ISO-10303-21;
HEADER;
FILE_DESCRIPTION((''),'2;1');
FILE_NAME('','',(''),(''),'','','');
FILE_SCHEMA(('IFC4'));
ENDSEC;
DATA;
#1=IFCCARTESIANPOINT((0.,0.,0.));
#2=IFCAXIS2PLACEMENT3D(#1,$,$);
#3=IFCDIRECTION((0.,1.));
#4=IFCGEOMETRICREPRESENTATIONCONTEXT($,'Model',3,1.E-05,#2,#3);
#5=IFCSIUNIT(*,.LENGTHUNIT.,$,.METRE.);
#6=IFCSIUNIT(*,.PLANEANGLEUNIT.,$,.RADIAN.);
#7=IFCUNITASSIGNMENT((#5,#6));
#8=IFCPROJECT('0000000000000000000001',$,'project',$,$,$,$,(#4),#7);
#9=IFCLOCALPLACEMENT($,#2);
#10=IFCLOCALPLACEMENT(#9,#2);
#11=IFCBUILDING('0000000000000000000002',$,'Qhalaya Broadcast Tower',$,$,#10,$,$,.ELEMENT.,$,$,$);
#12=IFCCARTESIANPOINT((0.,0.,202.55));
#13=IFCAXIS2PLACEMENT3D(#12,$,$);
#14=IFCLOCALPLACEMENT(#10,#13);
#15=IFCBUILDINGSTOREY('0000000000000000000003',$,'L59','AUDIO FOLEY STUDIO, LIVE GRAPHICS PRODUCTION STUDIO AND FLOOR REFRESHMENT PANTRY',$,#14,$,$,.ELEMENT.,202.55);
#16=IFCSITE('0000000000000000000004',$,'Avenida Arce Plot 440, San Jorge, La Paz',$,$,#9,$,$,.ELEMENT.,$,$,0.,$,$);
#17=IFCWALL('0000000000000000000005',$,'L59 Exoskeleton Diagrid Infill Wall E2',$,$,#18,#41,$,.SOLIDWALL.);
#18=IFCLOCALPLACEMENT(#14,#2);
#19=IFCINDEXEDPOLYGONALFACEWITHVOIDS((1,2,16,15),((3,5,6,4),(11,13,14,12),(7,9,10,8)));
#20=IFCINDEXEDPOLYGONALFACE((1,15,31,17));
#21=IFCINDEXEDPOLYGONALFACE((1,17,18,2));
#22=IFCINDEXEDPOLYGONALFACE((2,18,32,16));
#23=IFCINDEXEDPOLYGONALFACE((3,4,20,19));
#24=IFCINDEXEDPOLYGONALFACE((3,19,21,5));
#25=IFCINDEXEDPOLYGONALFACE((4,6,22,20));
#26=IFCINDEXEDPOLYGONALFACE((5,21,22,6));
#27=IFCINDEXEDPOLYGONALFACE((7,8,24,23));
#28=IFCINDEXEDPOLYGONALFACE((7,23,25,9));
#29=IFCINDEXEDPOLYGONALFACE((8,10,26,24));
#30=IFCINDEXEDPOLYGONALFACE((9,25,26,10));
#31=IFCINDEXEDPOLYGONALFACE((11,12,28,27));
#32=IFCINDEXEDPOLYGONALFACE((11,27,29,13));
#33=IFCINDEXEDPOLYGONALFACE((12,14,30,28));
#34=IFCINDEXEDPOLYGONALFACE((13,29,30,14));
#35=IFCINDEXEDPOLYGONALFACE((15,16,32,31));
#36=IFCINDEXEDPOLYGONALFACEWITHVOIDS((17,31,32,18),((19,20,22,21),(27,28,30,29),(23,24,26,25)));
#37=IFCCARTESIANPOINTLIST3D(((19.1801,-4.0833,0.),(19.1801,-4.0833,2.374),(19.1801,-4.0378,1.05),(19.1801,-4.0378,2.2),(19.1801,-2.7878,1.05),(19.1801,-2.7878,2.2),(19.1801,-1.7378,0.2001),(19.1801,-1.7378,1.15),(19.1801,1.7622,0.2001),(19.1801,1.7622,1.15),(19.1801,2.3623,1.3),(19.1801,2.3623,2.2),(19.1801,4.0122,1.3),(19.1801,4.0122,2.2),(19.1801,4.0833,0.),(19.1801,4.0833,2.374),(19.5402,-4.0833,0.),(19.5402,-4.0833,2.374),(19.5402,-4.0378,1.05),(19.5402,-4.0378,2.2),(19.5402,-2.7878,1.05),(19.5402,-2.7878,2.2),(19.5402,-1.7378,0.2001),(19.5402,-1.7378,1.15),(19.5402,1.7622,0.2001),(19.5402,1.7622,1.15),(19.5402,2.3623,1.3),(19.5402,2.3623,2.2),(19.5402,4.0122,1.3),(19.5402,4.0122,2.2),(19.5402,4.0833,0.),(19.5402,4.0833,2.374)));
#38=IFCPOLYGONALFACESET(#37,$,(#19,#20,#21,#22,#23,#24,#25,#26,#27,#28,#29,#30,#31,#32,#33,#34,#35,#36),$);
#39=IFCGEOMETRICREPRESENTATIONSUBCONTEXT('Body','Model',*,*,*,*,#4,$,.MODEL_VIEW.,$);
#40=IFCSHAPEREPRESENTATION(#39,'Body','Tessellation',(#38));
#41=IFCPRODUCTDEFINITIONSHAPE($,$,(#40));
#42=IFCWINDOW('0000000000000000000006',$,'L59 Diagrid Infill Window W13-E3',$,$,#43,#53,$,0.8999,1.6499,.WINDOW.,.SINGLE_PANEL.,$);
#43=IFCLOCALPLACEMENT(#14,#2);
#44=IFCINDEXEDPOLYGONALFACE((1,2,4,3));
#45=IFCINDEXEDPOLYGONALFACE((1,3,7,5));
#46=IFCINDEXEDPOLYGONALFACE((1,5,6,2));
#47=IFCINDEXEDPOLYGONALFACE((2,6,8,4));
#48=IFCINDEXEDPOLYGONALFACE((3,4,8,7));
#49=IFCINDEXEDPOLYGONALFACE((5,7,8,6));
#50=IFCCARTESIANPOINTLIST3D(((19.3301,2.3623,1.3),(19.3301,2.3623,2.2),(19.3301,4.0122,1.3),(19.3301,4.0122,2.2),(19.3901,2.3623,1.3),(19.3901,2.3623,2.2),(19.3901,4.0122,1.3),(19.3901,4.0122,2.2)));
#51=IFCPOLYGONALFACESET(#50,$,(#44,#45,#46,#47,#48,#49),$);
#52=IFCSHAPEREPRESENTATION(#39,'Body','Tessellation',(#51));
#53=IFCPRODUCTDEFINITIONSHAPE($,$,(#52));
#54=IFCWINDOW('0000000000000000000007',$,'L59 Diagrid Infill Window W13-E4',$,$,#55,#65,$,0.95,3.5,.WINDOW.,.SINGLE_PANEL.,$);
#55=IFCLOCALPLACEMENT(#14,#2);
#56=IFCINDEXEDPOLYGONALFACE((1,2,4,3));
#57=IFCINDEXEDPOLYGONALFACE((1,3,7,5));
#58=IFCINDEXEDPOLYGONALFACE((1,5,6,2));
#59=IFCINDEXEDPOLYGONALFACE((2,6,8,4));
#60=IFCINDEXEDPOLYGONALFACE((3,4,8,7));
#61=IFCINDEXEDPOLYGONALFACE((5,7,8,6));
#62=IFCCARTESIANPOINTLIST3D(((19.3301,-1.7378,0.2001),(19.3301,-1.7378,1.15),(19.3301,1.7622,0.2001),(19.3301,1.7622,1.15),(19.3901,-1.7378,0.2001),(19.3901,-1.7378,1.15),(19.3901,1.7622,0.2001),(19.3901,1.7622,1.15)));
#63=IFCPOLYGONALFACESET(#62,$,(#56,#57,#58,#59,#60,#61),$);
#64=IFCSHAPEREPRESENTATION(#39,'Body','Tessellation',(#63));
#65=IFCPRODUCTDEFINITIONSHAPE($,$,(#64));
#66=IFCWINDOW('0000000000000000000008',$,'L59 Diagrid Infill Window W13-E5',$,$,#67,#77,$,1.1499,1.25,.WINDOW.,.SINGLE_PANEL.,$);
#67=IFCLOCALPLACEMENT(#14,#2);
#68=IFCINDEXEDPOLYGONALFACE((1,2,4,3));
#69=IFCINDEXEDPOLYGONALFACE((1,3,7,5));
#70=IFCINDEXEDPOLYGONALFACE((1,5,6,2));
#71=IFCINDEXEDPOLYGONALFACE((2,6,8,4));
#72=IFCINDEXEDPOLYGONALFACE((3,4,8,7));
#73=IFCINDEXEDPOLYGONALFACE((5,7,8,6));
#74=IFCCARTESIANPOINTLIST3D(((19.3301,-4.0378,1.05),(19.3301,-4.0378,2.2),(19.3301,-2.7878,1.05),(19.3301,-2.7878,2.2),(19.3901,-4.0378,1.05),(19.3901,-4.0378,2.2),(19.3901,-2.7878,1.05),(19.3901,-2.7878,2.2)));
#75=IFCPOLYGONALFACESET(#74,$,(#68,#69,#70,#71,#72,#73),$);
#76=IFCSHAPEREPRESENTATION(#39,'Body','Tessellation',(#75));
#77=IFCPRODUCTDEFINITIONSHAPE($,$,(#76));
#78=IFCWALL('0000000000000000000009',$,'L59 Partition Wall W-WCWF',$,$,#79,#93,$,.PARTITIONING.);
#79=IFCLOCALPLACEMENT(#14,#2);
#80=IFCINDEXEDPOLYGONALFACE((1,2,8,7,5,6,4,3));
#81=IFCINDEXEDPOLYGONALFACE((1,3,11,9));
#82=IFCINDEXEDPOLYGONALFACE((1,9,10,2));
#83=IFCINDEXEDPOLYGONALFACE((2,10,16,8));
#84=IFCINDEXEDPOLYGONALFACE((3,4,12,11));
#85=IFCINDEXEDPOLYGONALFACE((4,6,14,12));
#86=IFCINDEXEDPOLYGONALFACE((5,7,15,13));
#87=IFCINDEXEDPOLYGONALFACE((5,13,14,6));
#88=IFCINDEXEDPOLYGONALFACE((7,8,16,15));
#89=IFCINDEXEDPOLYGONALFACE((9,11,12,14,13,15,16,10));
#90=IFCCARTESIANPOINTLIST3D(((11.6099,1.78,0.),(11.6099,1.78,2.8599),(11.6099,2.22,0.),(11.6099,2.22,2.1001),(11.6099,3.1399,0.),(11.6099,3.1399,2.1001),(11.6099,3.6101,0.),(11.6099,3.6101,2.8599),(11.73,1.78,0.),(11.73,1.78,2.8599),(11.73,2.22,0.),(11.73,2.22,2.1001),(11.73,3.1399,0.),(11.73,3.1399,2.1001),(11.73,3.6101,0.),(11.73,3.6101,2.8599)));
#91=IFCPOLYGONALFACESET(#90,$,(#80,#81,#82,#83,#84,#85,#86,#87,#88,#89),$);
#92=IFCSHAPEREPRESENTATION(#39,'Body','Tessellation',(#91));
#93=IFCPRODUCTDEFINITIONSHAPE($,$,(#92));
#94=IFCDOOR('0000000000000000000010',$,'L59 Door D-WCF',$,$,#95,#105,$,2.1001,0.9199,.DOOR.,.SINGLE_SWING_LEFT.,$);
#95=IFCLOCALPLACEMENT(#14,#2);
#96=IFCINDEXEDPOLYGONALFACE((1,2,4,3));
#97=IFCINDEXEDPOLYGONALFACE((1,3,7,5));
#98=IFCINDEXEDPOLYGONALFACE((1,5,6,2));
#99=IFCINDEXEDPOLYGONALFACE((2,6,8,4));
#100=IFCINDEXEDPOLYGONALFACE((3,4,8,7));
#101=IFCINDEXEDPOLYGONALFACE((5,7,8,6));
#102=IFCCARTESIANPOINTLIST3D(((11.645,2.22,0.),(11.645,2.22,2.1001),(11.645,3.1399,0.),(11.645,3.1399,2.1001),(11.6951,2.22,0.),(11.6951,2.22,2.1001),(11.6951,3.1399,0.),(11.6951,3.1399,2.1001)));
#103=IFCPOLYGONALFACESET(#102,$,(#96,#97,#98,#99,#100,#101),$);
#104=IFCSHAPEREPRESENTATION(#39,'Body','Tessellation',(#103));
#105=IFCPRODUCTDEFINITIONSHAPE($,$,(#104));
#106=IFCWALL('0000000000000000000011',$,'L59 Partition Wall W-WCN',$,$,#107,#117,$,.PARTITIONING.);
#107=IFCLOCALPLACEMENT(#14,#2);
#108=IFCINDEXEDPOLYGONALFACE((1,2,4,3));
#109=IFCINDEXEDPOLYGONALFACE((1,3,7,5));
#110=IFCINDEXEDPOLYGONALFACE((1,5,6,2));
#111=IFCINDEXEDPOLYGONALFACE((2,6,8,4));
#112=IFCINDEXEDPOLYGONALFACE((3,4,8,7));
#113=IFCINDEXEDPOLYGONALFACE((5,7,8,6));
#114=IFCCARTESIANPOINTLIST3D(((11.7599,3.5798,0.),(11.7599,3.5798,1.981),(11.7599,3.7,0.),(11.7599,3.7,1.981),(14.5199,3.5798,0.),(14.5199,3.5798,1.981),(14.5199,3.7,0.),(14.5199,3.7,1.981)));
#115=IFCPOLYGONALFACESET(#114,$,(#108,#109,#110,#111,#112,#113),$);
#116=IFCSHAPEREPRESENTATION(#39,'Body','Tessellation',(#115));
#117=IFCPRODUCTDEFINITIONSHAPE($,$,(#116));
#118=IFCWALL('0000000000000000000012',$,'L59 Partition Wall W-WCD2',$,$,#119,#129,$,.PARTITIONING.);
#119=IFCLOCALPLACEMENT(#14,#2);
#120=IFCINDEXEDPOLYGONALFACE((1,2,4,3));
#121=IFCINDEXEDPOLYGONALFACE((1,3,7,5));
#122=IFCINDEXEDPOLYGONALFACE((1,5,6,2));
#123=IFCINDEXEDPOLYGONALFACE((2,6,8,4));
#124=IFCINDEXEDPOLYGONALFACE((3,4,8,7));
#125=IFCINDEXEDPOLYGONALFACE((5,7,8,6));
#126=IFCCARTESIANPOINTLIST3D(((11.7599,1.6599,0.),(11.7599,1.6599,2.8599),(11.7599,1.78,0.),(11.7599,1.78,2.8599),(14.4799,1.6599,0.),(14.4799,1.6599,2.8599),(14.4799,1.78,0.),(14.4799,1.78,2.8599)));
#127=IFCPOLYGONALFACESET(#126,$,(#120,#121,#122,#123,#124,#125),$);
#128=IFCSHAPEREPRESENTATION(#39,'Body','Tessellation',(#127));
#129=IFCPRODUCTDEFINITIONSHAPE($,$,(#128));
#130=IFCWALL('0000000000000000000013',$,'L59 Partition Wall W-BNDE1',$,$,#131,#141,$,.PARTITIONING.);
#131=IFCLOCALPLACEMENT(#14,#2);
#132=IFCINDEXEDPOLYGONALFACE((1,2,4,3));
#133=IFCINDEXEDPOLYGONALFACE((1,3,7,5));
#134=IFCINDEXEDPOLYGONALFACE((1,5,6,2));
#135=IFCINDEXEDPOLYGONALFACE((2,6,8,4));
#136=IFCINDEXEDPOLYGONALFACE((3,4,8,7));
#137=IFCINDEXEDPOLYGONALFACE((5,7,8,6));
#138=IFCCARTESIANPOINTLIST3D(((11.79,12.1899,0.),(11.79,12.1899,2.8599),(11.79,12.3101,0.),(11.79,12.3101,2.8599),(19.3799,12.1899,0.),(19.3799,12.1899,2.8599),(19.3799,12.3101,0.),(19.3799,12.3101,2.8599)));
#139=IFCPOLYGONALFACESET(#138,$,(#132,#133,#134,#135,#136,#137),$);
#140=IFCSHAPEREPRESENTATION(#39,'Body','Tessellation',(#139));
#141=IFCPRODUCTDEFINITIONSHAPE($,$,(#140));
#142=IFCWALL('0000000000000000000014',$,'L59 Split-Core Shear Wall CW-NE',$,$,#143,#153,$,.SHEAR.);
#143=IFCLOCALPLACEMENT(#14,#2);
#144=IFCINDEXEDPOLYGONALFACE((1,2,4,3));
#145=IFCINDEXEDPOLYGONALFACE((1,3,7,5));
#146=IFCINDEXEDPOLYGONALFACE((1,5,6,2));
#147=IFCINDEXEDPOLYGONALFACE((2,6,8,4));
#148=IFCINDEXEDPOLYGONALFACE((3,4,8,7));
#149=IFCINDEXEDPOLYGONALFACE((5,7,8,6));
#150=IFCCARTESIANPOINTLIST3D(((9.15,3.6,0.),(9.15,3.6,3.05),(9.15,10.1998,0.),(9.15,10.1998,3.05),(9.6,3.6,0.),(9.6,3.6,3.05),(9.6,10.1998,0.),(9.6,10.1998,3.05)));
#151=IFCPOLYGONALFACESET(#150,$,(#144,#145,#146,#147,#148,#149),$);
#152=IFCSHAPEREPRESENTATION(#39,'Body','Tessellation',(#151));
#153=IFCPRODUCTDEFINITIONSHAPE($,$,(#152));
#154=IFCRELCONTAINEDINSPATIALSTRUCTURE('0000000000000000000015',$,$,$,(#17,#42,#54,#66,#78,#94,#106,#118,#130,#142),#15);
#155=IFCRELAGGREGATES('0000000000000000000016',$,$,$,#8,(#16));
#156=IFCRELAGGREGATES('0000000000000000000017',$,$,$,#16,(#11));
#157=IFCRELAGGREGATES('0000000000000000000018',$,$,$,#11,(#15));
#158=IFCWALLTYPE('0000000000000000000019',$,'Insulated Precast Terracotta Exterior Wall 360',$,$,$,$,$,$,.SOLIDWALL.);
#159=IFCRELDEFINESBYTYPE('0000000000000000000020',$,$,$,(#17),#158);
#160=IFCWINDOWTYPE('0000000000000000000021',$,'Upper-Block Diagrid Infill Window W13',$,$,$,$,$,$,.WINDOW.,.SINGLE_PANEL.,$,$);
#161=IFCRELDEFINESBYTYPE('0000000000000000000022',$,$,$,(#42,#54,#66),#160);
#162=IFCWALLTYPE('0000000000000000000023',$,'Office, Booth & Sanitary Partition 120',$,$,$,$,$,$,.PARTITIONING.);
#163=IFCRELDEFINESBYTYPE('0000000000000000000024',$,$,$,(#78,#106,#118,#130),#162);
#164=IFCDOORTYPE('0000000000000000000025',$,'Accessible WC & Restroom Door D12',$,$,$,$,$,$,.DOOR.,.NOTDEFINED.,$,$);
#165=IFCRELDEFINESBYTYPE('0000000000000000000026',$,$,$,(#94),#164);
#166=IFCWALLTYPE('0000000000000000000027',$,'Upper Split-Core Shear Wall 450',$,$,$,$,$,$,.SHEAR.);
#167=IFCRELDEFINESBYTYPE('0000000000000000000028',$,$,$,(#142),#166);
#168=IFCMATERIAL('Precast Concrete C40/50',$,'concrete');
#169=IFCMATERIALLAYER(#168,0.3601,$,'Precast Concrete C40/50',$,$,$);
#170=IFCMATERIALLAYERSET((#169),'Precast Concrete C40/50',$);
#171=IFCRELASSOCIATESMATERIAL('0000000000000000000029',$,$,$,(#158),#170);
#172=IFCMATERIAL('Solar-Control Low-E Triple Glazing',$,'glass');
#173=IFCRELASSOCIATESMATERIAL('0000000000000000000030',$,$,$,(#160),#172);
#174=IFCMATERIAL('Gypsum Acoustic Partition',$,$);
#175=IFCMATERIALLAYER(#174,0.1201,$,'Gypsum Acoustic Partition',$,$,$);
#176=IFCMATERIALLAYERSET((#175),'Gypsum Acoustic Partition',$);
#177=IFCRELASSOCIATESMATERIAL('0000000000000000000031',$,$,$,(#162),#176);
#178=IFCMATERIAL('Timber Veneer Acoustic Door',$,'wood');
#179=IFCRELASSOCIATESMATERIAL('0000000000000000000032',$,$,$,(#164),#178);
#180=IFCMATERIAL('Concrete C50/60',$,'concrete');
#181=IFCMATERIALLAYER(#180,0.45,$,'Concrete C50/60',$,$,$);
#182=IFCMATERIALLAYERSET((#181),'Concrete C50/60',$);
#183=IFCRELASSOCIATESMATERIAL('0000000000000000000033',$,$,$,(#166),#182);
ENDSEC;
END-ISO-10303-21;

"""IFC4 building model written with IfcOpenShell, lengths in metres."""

from ifc_helpers import new_model, si_unit, direction, frame, frame_2d, origin, place, context, subcontext, project, spatial, rectangle, extrude, material, layer, layer_set, type_object, element, fill, save


model = new_model("IFC4")

# Units and contexts
model_context = context("Model", 3, precision=1e-05, world=origin(), true_north=direction((0.0, 1.0)))
body_context = subcontext(model_context, "Body", "Model", "MODEL_VIEW")
ifc_project = project(units=[si_unit("LENGTHUNIT", "METRE"), si_unit("PLANEANGLEUNIT", "RADIAN")], contexts=[model_context])

# Site, building, storey
site_placement = place(None, origin())
site = spatial("IfcSite", under=ifc_project, at=site_placement, Name="Avenida Arce Plot 440, San Jorge, La Paz", CompositionType="ELEMENT", RefElevation=0.0)
building_placement = place(site_placement, origin())
building = spatial("IfcBuilding", under=site, at=building_placement, Name="Qhalaya Broadcast Tower", CompositionType="ELEMENT")
storey_placement = place(building_placement, frame((0.0, 0.0, 202.55)))
storey = spatial("IfcBuildingStorey", under=building, at=storey_placement, Name="L59", Description="AUDIO FOLEY STUDIO, LIVE GRAPHICS PRODUCTION STUDIO AND FLOOR REFRESHMENT PANTRY", CompositionType="ELEMENT", Elevation=202.55)

# Shared definitions
ifc_material_1 = material(Name="Concrete C50/60", Category="concrete")

# Shared definitions
ifc_material_2 = material(Name="Gypsum Acoustic Partition")
ifc_material_3 = material(Name="Timber Veneer Acoustic Door", Category="wood")

# Wall, openings, windows
ifc_material_4 = material(Name="Precast Concrete C40/50", Category="concrete")
ifc_layer_1 = layer(ifc_material_4, 0.3601, Name="Precast Concrete C40/50")
ifc_layer_set_1 = layer_set([ifc_layer_1], Name="Precast Concrete C40/50")
wall_type_1 = type_object("IfcWallType", Name="Insulated Precast Terracotta Exterior Wall 360", PredefinedType="SOLIDWALL", material=ifc_layer_set_1)
ifc_material_5 = material(Name="Solar-Control Low-E Triple Glazing", Category="glass")
window_type = type_object("IfcWindowType", Name="Upper-Block Diagrid Infill Window W13", PartitioningType="SINGLE_PANEL", PredefinedType="WINDOW", material=ifc_material_5)
wall_1_placement = place(storey_placement, frame((19.3601, 4.0833, 0.0), z_axis=(0.0, 0.0, 1.0), x_axis=(0.0, -1.0, 0.0)))
wall_1 = element("IfcWall", 1, at=wall_1_placement, inside=storey, type_object=wall_type_1, Name="L59 Exoskeleton Diagrid Infill Wall E2", PredefinedType="SOLIDWALL", context=body_context, shape_type="SweptSolid", body=[
    extrude(rectangle(XDim=8.1665, YDim=0.3601, at=frame_2d((4.0833, 0.0))), origin(), (0.0, 0.0, 1.0), 2.374),
])
opening_1_placement = place(wall_1_placement, frame((0.071, 0.0, 1.3)))
opening_1 = element("IfcOpeningElement", 2, at=opening_1_placement, cuts=wall_1, PredefinedType="OPENING", context=body_context, shape_type="SweptSolid", body=[
    extrude(rectangle(XDim=1.6499, YDim=0.8999, at=frame_2d((0.825, 0.45))), frame((0.0, 0.1921, 0.0), z_axis=(0.0, -1.0, 0.0), x_axis=(1.0, 0.0, 0.0)), (0.0, 0.0, 1.0), 0.384),
])
opening_2_placement = place(wall_1_placement, frame((2.321, 0.0, 0.2)))
opening_2 = element("IfcOpeningElement", 3, at=opening_2_placement, cuts=wall_1, PredefinedType="OPENING", context=body_context, shape_type="SweptSolid", body=[
    extrude(rectangle(XDim=3.5, YDim=0.95, at=frame_2d((1.75, 0.4751))), frame((0.0, 0.1921, 0.0), z_axis=(0.0, -1.0, 0.0), x_axis=(1.0, 0.0, 0.0)), (0.0, 0.0, 1.0), 0.384),
])
opening_3_placement = place(wall_1_placement, frame((6.8711, 0.0, 1.05)))
opening_3 = element("IfcOpeningElement", 4, at=opening_3_placement, cuts=wall_1, PredefinedType="OPENING", context=body_context, shape_type="SweptSolid", body=[
    extrude(rectangle(XDim=1.25, YDim=1.1499, at=frame_2d((0.625, 0.575))), frame((0.0, 0.1921, 0.0), z_axis=(0.0, -1.0, 0.0), x_axis=(1.0, 0.0, 0.0)), (0.0, 0.0, 1.0), 0.384),
])
window_1_placement = place(opening_1_placement, origin())
window_1 = element("IfcWindow", 5, at=window_1_placement, inside=storey, type_object=window_type, Name="L59 Diagrid Infill Window W13-E3", OverallHeight=0.8999, OverallWidth=1.6499, PartitioningType="SINGLE_PANEL", PredefinedType="WINDOW", context=body_context, shape_type="SweptSolid", body=[
    extrude(rectangle(XDim=1.6499, YDim=0.8999, at=frame_2d((0.825, 0.45))), frame((0.0, 0.03, 0.0), z_axis=(0.0, -1.0, 0.0), x_axis=(1.0, 0.0, 0.0)), (0.0, 0.0, 1.0), 0.0601),
])
fill(opening_1, window_1)
window_2_placement = place(opening_2_placement, origin())
window_2 = element("IfcWindow", 6, at=window_2_placement, inside=storey, type_object=window_type, Name="L59 Diagrid Infill Window W13-E4", OverallHeight=0.95, OverallWidth=3.5, PartitioningType="SINGLE_PANEL", PredefinedType="WINDOW", context=body_context, shape_type="SweptSolid", body=[
    extrude(rectangle(XDim=3.5, YDim=0.95, at=frame_2d((1.75, 0.4751))), frame((0.0, 0.03, 0.0), z_axis=(0.0, -1.0, 0.0), x_axis=(1.0, 0.0, 0.0)), (0.0, 0.0, 1.0), 0.0601),
])
fill(opening_2, window_2)
window_3_placement = place(opening_3_placement, origin())
window_3 = element("IfcWindow", 7, at=window_3_placement, inside=storey, type_object=window_type, Name="L59 Diagrid Infill Window W13-E5", OverallHeight=1.1499, OverallWidth=1.25, PartitioningType="SINGLE_PANEL", PredefinedType="WINDOW", context=body_context, shape_type="SweptSolid", body=[
    extrude(rectangle(XDim=1.25, YDim=1.1499, at=frame_2d((0.625, 0.575))), frame((0.0, 0.03, 0.0), z_axis=(0.0, -1.0, 0.0), x_axis=(1.0, 0.0, 0.0)), (0.0, 0.0, 1.0), 0.0601),
])
fill(opening_3, window_3)

# Wall, opening, door
ifc_layer_2 = layer(ifc_material_2, 0.1201, Name="Gypsum Acoustic Partition")
ifc_layer_set_2 = layer_set([ifc_layer_2], Name="Gypsum Acoustic Partition")
wall_type_2 = type_object("IfcWallType", Name="Office, Booth & Sanitary Partition 120", PredefinedType="PARTITIONING", material=ifc_layer_set_2)
wall_2_placement = place(storey_placement, frame((11.6699, 1.78, 0.0), z_axis=(0.0, 0.0, 1.0), x_axis=(0.0, 1.0, 0.0)))
wall_2 = element("IfcWall", 8, at=wall_2_placement, inside=storey, type_object=wall_type_2, Name="L59 Partition Wall W-WCWF", PredefinedType="PARTITIONING", context=body_context, shape_type="SweptSolid", body=[
    extrude(rectangle(XDim=1.8301, YDim=0.1201, at=frame_2d((0.915, 0.0))), origin(), (0.0, 0.0, 1.0), 2.8599),
])
opening_4_placement = place(wall_2_placement, frame((0.4399, 0.0, 0.0)))
opening_4 = element("IfcOpeningElement", 9, at=opening_4_placement, cuts=wall_2, PredefinedType="OPENING", context=body_context, shape_type="SweptSolid", body=[
    extrude(rectangle(XDim=0.9199, YDim=2.1001, at=frame_2d((0.46, 1.05))), frame((0.0, 0.072, 0.0), z_axis=(0.0, -1.0, 0.0), x_axis=(1.0, 0.0, 0.0)), (0.0, 0.0, 1.0), 0.144),
])
door_type_1 = type_object("IfcDoorType", Name="Accessible WC & Restroom Door D12", OperationType="NOTDEFINED", PredefinedType="DOOR", material=ifc_material_3)
door_1_placement = place(opening_4_placement, origin())
door_1 = element("IfcDoor", 10, at=door_1_placement, inside=storey, type_object=door_type_1, Name="L59 Door D-WCF", OperationType="SINGLE_SWING_LEFT", OverallHeight=2.1001, OverallWidth=0.9199, PredefinedType="DOOR", context=body_context, shape_type="SweptSolid", body=[
    extrude(rectangle(XDim=0.9199, YDim=2.1001, at=frame_2d((0.46, 1.05))), frame((0.0, 0.0249, 0.0), z_axis=(0.0, -1.0, 0.0), x_axis=(1.0, 0.0, 0.0)), (0.0, 0.0, 1.0), 0.05),
])
fill(opening_4, door_1)

# Walls
wall_3_placement = place(storey_placement, frame((11.76, 3.6399, 0.0), z_axis=(0.0, 0.0, 1.0), x_axis=(1.0, 0.0, 0.0)))
element("IfcWall", 11, at=wall_3_placement, inside=storey, type_object=wall_type_2, Name="L59 Partition Wall W-WCN", PredefinedType="PARTITIONING", context=body_context, shape_type="SweptSolid", body=[
    extrude(rectangle(XDim=2.76, YDim=0.1201, at=frame_2d((1.3799, 0.0))), origin(), (0.0, 0.0, 1.0), 1.981),
])
wall_4_placement = place(storey_placement, frame((11.76, 1.72, 0.0), z_axis=(0.0, 0.0, 1.0), x_axis=(1.0, 0.0, 0.0)))
element("IfcWall", 12, at=wall_4_placement, inside=storey, type_object=wall_type_2, Name="L59 Partition Wall W-WCD2", PredefinedType="PARTITIONING", context=body_context, shape_type="SweptSolid", body=[
    extrude(rectangle(XDim=2.72, YDim=0.1201, at=frame_2d((1.3599, 0.0))), origin(), (0.0, 0.0, 1.0), 2.8599),
])
wall_5_placement = place(storey_placement, frame((11.79, 12.25, 0.0), z_axis=(0.0, 0.0, 1.0), x_axis=(1.0, 0.0, 0.0)))
element("IfcWall", 13, at=wall_5_placement, inside=storey, type_object=wall_type_2, Name="L59 Partition Wall W-BNDE1", PredefinedType="PARTITIONING", context=body_context, shape_type="SweptSolid", body=[
    extrude(rectangle(XDim=7.5898, YDim=0.1201, at=frame_2d((3.7949, 0.0))), origin(), (0.0, 0.0, 1.0), 2.8599),
])
ifc_layer_3 = layer(ifc_material_1, 0.45, Name="Concrete C50/60")
ifc_layer_set_3 = layer_set([ifc_layer_3], Name="Concrete C50/60")
wall_type_3 = type_object("IfcWallType", Name="Upper Split-Core Shear Wall 450", PredefinedType="SHEAR", material=ifc_layer_set_3)
wall_6_placement = place(storey_placement, frame((9.375, 3.6001, 0.0), z_axis=(0.0, 0.0, 1.0), x_axis=(0.0, 1.0, 0.0)))
element("IfcWall", 14, at=wall_6_placement, inside=storey, type_object=wall_type_3, Name="L59 Split-Core Shear Wall CW-NE", PredefinedType="SHEAR", context=body_context, shape_type="SweptSolid", body=[
    extrude(rectangle(XDim=6.5999, YDim=0.45, at=frame_2d((3.2998, 0.0))), origin(), (0.0, 0.0, 1.0), 3.05),
])

save(model, "model.ifc")
